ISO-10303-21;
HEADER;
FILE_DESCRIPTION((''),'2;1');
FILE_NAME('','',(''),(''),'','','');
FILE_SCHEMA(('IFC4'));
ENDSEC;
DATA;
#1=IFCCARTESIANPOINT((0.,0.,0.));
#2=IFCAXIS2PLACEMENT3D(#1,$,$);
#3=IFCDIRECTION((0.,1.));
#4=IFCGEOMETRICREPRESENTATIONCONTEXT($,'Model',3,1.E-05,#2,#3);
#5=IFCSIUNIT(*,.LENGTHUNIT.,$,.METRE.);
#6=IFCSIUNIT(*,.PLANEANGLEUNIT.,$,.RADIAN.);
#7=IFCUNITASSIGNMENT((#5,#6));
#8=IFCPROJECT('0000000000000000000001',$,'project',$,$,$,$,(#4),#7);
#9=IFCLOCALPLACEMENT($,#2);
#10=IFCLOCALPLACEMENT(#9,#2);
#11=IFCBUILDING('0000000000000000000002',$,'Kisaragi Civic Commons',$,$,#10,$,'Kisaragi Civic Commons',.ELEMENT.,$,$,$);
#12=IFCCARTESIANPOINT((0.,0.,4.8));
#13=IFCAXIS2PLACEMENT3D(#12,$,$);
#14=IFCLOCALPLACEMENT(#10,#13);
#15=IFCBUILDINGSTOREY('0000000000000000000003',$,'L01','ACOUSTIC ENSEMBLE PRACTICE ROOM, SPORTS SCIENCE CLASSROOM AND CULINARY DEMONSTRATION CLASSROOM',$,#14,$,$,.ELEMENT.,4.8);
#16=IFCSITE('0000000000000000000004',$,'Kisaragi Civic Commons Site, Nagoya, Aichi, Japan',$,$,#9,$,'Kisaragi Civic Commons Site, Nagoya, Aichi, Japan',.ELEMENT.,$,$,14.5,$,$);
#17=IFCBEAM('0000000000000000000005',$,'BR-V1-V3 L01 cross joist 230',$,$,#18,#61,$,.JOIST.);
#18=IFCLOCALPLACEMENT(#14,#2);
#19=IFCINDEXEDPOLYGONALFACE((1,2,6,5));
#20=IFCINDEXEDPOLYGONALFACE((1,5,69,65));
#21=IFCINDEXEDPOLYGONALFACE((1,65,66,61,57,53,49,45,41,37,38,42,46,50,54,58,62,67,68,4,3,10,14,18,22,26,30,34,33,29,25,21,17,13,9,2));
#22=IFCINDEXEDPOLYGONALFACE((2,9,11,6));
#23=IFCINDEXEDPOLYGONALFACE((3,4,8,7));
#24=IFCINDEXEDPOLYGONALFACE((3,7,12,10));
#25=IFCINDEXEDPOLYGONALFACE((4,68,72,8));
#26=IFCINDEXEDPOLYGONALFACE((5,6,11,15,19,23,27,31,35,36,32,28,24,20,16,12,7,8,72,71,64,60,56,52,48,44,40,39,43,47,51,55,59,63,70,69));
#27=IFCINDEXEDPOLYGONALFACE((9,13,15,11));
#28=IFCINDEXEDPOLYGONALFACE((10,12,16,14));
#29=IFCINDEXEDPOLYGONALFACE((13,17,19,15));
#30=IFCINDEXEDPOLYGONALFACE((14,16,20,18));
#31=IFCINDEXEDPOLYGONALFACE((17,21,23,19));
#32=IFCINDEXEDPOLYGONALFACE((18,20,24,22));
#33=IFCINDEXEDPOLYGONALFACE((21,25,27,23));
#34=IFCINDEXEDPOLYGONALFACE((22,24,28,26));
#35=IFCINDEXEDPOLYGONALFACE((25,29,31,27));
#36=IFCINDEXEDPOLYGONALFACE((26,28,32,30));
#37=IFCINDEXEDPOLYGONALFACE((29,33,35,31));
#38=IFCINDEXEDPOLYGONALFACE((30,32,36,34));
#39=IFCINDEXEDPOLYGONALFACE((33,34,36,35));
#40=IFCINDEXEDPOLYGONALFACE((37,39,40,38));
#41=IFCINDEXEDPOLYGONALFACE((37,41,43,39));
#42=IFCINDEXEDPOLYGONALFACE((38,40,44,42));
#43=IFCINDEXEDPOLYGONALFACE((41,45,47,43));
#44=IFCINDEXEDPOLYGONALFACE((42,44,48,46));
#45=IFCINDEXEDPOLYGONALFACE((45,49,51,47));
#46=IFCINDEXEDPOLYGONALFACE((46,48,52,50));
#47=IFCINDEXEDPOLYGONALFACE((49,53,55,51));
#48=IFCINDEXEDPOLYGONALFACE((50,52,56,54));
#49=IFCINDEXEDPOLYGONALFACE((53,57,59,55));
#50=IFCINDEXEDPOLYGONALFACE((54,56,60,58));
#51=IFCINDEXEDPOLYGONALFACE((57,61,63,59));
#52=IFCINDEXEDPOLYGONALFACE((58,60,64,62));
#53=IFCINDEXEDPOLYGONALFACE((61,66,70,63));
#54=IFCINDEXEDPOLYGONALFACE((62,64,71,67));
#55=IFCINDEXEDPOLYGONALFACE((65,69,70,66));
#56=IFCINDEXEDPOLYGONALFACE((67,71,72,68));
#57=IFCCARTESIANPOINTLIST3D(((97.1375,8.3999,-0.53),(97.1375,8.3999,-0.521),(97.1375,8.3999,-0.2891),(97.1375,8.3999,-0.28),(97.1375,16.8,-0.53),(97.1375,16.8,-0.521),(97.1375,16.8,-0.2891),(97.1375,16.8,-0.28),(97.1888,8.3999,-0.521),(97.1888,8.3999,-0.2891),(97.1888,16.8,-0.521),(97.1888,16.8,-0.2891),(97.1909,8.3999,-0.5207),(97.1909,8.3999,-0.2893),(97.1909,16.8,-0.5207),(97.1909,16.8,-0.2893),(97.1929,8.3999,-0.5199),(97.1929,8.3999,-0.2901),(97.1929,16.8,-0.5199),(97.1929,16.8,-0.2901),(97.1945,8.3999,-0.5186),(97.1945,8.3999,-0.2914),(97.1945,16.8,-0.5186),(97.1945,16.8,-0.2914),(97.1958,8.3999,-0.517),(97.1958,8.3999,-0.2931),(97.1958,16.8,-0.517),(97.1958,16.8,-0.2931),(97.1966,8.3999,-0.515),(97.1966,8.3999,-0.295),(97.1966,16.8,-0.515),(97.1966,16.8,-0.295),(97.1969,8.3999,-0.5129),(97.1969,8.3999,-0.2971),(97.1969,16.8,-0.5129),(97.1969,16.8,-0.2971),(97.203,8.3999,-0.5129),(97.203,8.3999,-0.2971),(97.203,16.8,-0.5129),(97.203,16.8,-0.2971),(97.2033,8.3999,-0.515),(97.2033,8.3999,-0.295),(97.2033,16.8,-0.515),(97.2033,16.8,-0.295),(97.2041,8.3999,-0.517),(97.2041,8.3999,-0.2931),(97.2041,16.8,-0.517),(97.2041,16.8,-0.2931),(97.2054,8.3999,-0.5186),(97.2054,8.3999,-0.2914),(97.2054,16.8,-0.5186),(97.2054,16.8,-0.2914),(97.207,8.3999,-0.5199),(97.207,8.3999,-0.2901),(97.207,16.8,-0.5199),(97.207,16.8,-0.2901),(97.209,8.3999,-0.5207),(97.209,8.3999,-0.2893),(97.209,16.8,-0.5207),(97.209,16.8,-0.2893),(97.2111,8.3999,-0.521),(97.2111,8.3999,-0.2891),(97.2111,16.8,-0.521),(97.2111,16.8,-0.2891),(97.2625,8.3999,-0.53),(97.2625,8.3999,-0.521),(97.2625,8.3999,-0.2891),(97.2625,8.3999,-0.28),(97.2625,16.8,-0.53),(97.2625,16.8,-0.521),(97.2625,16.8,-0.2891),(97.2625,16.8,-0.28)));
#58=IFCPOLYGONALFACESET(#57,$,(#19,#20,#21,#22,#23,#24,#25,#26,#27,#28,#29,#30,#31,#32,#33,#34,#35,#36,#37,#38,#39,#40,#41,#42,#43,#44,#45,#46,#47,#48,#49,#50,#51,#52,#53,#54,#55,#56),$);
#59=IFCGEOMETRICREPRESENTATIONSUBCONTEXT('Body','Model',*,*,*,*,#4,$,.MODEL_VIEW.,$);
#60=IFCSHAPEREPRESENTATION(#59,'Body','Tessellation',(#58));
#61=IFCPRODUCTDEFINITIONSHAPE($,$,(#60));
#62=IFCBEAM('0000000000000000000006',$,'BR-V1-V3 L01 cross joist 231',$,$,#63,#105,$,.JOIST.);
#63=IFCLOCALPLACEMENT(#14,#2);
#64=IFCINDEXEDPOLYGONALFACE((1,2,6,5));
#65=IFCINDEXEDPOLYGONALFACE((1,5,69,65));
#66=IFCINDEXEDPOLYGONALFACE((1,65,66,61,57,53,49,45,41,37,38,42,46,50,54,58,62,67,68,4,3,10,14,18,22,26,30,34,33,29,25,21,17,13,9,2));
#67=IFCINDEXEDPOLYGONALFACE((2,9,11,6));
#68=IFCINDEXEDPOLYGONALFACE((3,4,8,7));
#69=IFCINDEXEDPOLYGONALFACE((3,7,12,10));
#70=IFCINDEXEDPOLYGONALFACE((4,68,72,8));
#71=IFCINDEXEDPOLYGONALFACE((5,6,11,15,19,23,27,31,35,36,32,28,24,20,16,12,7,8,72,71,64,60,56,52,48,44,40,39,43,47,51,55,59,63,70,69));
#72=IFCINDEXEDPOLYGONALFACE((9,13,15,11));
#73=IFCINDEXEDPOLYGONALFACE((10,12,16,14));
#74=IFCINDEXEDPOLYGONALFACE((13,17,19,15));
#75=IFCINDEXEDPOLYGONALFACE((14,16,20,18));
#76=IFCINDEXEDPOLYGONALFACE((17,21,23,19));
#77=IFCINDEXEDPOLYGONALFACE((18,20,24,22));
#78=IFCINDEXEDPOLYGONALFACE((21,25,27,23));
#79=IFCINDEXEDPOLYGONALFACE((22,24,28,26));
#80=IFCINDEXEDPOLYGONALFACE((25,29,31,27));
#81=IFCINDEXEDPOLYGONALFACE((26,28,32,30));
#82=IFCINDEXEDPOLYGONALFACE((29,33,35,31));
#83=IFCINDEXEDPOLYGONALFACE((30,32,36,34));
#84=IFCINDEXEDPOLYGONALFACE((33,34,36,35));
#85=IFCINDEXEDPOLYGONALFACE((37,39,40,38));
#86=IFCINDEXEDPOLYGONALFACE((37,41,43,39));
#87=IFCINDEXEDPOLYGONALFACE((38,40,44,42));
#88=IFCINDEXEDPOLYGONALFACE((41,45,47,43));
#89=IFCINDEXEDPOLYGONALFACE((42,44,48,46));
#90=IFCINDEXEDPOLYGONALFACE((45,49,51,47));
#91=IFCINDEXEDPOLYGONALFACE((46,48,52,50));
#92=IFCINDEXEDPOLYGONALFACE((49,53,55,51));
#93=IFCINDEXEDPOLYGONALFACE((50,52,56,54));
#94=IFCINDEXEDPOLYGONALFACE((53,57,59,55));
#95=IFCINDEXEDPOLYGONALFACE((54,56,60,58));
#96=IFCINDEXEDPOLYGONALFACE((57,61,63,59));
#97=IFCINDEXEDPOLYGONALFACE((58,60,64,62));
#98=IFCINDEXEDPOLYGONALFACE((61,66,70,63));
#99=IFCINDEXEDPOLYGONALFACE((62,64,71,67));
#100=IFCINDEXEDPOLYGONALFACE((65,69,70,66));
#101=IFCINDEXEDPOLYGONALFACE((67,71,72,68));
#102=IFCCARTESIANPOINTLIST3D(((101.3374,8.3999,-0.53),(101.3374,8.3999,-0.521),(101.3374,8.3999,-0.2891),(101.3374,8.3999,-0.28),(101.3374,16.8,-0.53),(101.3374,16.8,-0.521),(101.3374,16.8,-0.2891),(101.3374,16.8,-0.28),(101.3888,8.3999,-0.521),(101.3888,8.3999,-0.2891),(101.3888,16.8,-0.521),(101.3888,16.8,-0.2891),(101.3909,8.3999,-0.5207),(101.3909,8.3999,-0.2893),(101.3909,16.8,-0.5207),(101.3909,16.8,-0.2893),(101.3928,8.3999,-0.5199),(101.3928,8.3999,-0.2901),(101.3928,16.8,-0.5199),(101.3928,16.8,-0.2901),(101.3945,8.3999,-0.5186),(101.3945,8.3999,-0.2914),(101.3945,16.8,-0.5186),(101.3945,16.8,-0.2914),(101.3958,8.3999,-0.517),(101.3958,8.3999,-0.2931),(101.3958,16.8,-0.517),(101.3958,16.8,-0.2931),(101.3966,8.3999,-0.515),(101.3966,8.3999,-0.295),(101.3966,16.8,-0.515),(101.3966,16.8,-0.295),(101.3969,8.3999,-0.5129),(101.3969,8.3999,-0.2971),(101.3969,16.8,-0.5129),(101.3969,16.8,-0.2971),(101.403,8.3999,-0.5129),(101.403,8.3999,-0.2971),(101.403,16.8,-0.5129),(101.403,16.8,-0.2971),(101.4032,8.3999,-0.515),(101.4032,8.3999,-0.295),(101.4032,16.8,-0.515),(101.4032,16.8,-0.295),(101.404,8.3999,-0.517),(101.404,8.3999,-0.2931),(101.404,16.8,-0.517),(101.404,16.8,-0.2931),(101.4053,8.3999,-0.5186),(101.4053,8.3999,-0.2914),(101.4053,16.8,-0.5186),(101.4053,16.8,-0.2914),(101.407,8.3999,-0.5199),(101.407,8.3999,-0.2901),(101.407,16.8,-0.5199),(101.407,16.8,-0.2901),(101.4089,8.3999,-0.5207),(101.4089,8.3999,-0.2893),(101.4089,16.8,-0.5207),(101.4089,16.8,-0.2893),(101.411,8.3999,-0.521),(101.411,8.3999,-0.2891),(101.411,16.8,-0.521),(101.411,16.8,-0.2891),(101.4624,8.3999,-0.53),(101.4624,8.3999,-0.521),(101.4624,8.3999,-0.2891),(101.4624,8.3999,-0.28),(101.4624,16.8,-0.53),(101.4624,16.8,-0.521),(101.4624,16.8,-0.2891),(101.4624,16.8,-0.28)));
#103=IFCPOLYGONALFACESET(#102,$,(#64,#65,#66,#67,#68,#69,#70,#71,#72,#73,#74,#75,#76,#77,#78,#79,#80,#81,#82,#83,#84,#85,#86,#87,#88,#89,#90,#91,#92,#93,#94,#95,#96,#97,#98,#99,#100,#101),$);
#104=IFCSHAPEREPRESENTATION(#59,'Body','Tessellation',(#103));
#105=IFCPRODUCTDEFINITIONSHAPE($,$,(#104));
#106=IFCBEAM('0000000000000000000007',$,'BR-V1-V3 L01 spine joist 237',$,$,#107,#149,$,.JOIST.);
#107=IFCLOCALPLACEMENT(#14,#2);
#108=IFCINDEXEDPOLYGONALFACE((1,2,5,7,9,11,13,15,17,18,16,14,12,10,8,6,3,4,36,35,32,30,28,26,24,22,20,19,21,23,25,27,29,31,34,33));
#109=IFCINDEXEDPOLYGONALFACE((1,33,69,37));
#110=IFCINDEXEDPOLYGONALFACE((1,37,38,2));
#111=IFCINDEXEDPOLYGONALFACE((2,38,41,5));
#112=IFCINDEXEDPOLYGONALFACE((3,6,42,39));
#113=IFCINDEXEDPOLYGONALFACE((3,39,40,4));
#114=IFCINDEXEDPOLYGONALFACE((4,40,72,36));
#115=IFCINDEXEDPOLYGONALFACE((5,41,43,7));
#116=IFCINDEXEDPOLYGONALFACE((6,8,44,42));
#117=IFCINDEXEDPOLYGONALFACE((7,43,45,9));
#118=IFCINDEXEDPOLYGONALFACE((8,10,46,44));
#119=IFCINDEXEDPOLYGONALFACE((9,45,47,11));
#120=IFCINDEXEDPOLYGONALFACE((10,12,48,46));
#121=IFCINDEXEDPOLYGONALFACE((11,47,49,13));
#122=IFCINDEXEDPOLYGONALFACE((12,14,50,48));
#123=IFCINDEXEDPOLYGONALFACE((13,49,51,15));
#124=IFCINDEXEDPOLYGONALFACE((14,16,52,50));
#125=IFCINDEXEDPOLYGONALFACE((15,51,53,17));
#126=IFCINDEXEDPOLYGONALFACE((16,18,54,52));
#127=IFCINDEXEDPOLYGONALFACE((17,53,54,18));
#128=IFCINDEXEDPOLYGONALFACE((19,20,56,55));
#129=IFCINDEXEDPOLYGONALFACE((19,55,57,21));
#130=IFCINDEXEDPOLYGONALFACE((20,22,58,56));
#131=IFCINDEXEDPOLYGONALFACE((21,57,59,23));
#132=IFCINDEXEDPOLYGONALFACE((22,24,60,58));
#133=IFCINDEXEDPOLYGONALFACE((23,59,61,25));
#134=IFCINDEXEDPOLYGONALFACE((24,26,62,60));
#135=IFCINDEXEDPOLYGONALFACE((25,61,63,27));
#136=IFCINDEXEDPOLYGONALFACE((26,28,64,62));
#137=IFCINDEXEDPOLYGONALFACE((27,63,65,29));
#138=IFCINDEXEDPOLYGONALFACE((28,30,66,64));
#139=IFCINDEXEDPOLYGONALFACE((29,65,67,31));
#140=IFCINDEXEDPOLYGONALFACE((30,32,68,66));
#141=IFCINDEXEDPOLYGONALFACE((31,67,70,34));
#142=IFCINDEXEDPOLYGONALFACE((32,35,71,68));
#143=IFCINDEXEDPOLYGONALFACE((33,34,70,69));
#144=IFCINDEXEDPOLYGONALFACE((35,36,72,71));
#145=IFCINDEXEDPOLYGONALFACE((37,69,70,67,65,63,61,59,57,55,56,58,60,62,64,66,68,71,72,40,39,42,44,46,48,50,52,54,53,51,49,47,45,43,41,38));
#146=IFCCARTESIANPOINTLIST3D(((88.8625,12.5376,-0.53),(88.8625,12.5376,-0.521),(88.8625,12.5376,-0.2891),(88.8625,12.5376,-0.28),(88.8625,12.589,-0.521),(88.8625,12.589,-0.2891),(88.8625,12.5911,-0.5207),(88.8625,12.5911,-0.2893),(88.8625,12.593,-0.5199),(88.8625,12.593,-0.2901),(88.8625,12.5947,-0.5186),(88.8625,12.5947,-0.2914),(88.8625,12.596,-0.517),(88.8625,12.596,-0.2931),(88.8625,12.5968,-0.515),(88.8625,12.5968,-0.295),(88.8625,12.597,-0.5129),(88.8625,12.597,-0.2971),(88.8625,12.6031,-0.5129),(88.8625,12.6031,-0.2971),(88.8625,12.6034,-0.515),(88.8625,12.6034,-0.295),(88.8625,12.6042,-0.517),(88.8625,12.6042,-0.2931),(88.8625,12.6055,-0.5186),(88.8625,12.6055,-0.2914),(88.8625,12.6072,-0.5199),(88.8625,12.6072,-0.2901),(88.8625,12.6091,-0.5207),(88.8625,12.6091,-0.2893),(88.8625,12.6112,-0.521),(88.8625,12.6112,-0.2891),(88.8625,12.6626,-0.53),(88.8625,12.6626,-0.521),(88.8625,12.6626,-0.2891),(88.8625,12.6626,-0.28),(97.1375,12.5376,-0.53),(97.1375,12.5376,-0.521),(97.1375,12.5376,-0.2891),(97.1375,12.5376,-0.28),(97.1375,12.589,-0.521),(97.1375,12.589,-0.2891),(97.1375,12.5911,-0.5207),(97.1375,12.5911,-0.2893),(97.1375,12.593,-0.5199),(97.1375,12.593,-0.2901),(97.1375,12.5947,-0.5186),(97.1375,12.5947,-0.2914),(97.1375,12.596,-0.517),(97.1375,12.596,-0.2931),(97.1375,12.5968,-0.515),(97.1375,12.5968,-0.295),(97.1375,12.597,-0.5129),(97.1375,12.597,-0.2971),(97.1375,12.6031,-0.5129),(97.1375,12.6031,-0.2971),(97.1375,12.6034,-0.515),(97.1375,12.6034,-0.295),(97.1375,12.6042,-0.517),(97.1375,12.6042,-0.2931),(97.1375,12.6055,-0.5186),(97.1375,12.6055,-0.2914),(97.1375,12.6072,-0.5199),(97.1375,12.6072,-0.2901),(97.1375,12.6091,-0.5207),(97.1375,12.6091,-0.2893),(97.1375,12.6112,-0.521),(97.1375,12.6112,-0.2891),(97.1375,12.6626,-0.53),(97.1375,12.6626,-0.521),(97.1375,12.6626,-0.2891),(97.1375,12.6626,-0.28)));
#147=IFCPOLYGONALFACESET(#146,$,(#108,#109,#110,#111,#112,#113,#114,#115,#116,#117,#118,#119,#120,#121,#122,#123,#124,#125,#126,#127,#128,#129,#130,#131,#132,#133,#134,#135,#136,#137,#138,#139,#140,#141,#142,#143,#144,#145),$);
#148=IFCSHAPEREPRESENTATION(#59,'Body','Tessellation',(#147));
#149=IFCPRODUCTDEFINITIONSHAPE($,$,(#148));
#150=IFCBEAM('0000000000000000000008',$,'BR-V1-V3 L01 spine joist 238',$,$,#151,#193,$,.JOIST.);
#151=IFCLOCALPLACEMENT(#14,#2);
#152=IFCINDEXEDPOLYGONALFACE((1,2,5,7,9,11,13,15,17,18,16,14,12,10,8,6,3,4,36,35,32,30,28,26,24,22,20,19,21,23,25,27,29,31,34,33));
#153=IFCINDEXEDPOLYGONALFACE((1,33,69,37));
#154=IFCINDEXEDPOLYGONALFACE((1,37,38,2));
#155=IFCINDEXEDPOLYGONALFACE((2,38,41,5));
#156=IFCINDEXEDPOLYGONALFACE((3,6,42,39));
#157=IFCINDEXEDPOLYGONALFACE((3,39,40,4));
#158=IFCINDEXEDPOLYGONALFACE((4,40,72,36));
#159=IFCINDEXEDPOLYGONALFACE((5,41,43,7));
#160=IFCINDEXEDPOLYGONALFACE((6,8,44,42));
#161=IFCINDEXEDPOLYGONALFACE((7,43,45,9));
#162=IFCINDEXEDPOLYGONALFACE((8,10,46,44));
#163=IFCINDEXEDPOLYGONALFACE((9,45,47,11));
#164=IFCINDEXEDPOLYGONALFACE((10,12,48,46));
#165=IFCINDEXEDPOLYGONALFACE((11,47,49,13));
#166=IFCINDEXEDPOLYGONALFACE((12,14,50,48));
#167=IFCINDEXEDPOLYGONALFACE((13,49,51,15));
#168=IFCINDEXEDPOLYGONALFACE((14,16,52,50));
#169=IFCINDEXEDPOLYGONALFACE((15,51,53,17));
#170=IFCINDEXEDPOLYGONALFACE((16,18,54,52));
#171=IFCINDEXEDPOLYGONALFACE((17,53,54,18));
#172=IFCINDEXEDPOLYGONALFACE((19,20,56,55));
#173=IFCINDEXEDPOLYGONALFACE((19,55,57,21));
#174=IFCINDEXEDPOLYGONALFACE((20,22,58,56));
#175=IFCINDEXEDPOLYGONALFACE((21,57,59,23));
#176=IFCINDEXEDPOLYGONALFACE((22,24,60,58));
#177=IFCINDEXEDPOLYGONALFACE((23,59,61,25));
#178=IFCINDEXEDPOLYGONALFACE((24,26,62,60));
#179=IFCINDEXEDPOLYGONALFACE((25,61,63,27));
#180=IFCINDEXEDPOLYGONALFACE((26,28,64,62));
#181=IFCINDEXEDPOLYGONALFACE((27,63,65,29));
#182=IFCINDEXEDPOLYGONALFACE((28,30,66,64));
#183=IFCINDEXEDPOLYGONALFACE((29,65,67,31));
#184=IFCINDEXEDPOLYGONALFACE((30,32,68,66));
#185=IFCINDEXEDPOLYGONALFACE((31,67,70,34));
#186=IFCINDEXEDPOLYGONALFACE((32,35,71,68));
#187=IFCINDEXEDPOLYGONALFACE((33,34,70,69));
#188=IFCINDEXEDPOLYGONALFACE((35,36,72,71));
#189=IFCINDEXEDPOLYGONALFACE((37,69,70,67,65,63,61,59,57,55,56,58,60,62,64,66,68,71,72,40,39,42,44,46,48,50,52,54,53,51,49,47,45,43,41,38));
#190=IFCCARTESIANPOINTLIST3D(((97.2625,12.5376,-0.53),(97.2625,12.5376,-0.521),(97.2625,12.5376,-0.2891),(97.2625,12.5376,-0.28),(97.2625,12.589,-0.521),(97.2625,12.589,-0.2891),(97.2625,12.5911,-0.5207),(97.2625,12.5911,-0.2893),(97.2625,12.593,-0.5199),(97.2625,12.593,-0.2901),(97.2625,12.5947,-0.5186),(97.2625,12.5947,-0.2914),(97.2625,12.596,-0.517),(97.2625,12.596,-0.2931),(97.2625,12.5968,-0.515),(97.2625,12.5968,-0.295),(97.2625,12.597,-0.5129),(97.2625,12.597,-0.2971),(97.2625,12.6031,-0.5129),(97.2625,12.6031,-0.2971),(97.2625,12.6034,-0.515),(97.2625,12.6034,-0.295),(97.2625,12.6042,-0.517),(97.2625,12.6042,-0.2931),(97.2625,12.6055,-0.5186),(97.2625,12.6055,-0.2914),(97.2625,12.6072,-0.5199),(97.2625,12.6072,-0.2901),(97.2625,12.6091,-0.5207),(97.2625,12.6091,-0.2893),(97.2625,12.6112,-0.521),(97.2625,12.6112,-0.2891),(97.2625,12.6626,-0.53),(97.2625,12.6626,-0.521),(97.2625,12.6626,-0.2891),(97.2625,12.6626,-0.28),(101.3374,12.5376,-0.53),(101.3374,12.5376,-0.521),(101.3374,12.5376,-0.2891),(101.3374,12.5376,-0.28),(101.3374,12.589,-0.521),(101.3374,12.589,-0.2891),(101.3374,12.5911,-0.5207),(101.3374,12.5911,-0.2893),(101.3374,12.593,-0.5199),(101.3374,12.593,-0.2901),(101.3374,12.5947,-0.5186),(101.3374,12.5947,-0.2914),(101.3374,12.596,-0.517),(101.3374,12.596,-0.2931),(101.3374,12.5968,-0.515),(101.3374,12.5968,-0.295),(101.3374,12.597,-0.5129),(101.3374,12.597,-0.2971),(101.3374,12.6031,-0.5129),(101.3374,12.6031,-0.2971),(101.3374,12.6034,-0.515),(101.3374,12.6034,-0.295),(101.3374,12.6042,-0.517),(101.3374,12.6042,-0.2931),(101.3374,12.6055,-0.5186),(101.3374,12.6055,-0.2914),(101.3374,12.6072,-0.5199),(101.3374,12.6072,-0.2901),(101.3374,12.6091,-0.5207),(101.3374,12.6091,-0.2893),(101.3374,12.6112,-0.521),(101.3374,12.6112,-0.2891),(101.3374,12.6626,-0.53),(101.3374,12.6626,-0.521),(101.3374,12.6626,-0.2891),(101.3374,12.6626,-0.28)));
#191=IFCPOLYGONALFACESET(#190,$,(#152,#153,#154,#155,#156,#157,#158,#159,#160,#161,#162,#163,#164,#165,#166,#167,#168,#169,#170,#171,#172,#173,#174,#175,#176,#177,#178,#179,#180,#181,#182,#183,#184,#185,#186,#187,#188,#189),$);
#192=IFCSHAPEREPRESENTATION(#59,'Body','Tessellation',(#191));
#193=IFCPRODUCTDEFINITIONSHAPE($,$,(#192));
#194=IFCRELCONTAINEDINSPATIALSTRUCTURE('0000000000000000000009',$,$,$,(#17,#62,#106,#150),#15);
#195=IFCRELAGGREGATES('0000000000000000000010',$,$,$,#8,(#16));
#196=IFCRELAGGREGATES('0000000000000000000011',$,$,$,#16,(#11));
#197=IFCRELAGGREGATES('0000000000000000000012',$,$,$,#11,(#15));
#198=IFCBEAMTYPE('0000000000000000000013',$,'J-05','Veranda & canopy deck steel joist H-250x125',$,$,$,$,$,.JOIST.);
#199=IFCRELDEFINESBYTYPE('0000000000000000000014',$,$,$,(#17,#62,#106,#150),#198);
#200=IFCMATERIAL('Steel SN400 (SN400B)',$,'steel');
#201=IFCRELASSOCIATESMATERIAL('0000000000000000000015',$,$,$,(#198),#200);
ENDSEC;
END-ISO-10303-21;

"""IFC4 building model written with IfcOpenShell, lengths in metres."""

from ifc_helpers import new_model, si_unit, direction, frame, origin, origin_2d, place, context, subcontext, project, spatial, i_section, extrude, material, material_profile, profile_set, type_object, element, save


model = new_model("IFC4")

# Units and contexts
model_context = context("Model", 3, precision=1e-05, world=origin(), true_north=direction((0.0, 1.0)))
body_context = subcontext(model_context, "Body", "Model", "MODEL_VIEW")
ifc_project = project(units=[si_unit("LENGTHUNIT", "METRE"), si_unit("PLANEANGLEUNIT", "RADIAN")], contexts=[model_context])

# Site, building, storey
site_placement = place(None, origin())
site = spatial("IfcSite", under=ifc_project, at=site_placement, Name="Kisaragi Civic Commons Site, Nagoya, Aichi, Japan", LongName="Kisaragi Civic Commons Site, Nagoya, Aichi, Japan", CompositionType="ELEMENT", RefElevation=14.5)
building_placement = place(site_placement, origin())
building = spatial("IfcBuilding", under=site, at=building_placement, Name="Kisaragi Civic Commons", LongName="Kisaragi Civic Commons", CompositionType="ELEMENT")
storey_placement = place(building_placement, frame((0.0, 0.0, 4.8)))
storey = spatial("IfcBuildingStorey", under=building, at=storey_placement, Name="L01", Description="ACOUSTIC ENSEMBLE PRACTICE ROOM, SPORTS SCIENCE CLASSROOM AND CULINARY DEMONSTRATION CLASSROOM", CompositionType="ELEMENT", Elevation=4.8)

# Beams
ifc_material_1 = material(Name="Steel SN400 (SN400B)", Category="steel")
ifc_material_profile_1 = material_profile(ifc_material_1, i_section(OverallWidth=0.125, OverallDepth=0.25, WebThickness=0.0061, FlangeThickness=0.009, FilletRadius=0.0081, at=origin_2d()), Name="H-250x125x6x9", Category="steel")
ifc_profile_set_1 = profile_set([ifc_material_profile_1], Name="Steel SN400 (SN400B)")
beam_type_1 = type_object("IfcBeamType", Name="J-05", Description="Veranda & canopy deck steel joist H-250x125", PredefinedType="JOIST", material=ifc_profile_set_1)
for number, where, z_axis, x_axis, name in (
    (1, (97.2, 8.3999, -0.405), (0.0, 1.0, 0.0), (-1.0, 0.0, 0.0), "BR-V1-V3 L01 cross joist 230"),
    (2, (101.3999, 8.3999, -0.405), (0.0, 1.0, 0.0), (-1.0, 0.0, 0.0), "BR-V1-V3 L01 cross joist 231"),
):
    element("IfcBeam", number, at=place(storey_placement, frame(where, z_axis=z_axis, x_axis=x_axis)), inside=storey, type_object=beam_type_1, Name=name, PredefinedType="JOIST", context=body_context, shape_type="SweptSolid", body=[
        extrude(i_section(OverallWidth=0.125, OverallDepth=0.25, WebThickness=0.0061, FlangeThickness=0.009, FilletRadius=0.0081, at=origin_2d()), origin(), (0.0, 0.0, 1.0), 8.4001),
    ])
beam_1_placement = place(storey_placement, frame((88.8625, 12.6001, -0.405), z_axis=(1.0, 0.0, 0.0), x_axis=(0.0, 1.0, 0.0)))
element("IfcBeam", 3, at=beam_1_placement, inside=storey, type_object=beam_type_1, Name="BR-V1-V3 L01 spine joist 237", PredefinedType="JOIST", context=body_context, shape_type="SweptSolid", body=[
    extrude(i_section(OverallWidth=0.125, OverallDepth=0.25, WebThickness=0.0061, FlangeThickness=0.009, FilletRadius=0.0081, at=origin_2d()), origin(), (0.0, 0.0, 1.0), 8.2749),
])
beam_2_placement = place(storey_placement, frame((97.2625, 12.6001, -0.405), z_axis=(1.0, 0.0, 0.0), x_axis=(0.0, 1.0, 0.0)))
element("IfcBeam", 4, at=beam_2_placement, inside=storey, type_object=beam_type_1, Name="BR-V1-V3 L01 spine joist 238", PredefinedType="JOIST", context=body_context, shape_type="SweptSolid", body=[
    extrude(i_section(OverallWidth=0.125, OverallDepth=0.25, WebThickness=0.0061, FlangeThickness=0.009, FilletRadius=0.0081, at=origin_2d()), origin(), (0.0, 0.0, 1.0), 4.075),
])

save(model, "model.ifc")
